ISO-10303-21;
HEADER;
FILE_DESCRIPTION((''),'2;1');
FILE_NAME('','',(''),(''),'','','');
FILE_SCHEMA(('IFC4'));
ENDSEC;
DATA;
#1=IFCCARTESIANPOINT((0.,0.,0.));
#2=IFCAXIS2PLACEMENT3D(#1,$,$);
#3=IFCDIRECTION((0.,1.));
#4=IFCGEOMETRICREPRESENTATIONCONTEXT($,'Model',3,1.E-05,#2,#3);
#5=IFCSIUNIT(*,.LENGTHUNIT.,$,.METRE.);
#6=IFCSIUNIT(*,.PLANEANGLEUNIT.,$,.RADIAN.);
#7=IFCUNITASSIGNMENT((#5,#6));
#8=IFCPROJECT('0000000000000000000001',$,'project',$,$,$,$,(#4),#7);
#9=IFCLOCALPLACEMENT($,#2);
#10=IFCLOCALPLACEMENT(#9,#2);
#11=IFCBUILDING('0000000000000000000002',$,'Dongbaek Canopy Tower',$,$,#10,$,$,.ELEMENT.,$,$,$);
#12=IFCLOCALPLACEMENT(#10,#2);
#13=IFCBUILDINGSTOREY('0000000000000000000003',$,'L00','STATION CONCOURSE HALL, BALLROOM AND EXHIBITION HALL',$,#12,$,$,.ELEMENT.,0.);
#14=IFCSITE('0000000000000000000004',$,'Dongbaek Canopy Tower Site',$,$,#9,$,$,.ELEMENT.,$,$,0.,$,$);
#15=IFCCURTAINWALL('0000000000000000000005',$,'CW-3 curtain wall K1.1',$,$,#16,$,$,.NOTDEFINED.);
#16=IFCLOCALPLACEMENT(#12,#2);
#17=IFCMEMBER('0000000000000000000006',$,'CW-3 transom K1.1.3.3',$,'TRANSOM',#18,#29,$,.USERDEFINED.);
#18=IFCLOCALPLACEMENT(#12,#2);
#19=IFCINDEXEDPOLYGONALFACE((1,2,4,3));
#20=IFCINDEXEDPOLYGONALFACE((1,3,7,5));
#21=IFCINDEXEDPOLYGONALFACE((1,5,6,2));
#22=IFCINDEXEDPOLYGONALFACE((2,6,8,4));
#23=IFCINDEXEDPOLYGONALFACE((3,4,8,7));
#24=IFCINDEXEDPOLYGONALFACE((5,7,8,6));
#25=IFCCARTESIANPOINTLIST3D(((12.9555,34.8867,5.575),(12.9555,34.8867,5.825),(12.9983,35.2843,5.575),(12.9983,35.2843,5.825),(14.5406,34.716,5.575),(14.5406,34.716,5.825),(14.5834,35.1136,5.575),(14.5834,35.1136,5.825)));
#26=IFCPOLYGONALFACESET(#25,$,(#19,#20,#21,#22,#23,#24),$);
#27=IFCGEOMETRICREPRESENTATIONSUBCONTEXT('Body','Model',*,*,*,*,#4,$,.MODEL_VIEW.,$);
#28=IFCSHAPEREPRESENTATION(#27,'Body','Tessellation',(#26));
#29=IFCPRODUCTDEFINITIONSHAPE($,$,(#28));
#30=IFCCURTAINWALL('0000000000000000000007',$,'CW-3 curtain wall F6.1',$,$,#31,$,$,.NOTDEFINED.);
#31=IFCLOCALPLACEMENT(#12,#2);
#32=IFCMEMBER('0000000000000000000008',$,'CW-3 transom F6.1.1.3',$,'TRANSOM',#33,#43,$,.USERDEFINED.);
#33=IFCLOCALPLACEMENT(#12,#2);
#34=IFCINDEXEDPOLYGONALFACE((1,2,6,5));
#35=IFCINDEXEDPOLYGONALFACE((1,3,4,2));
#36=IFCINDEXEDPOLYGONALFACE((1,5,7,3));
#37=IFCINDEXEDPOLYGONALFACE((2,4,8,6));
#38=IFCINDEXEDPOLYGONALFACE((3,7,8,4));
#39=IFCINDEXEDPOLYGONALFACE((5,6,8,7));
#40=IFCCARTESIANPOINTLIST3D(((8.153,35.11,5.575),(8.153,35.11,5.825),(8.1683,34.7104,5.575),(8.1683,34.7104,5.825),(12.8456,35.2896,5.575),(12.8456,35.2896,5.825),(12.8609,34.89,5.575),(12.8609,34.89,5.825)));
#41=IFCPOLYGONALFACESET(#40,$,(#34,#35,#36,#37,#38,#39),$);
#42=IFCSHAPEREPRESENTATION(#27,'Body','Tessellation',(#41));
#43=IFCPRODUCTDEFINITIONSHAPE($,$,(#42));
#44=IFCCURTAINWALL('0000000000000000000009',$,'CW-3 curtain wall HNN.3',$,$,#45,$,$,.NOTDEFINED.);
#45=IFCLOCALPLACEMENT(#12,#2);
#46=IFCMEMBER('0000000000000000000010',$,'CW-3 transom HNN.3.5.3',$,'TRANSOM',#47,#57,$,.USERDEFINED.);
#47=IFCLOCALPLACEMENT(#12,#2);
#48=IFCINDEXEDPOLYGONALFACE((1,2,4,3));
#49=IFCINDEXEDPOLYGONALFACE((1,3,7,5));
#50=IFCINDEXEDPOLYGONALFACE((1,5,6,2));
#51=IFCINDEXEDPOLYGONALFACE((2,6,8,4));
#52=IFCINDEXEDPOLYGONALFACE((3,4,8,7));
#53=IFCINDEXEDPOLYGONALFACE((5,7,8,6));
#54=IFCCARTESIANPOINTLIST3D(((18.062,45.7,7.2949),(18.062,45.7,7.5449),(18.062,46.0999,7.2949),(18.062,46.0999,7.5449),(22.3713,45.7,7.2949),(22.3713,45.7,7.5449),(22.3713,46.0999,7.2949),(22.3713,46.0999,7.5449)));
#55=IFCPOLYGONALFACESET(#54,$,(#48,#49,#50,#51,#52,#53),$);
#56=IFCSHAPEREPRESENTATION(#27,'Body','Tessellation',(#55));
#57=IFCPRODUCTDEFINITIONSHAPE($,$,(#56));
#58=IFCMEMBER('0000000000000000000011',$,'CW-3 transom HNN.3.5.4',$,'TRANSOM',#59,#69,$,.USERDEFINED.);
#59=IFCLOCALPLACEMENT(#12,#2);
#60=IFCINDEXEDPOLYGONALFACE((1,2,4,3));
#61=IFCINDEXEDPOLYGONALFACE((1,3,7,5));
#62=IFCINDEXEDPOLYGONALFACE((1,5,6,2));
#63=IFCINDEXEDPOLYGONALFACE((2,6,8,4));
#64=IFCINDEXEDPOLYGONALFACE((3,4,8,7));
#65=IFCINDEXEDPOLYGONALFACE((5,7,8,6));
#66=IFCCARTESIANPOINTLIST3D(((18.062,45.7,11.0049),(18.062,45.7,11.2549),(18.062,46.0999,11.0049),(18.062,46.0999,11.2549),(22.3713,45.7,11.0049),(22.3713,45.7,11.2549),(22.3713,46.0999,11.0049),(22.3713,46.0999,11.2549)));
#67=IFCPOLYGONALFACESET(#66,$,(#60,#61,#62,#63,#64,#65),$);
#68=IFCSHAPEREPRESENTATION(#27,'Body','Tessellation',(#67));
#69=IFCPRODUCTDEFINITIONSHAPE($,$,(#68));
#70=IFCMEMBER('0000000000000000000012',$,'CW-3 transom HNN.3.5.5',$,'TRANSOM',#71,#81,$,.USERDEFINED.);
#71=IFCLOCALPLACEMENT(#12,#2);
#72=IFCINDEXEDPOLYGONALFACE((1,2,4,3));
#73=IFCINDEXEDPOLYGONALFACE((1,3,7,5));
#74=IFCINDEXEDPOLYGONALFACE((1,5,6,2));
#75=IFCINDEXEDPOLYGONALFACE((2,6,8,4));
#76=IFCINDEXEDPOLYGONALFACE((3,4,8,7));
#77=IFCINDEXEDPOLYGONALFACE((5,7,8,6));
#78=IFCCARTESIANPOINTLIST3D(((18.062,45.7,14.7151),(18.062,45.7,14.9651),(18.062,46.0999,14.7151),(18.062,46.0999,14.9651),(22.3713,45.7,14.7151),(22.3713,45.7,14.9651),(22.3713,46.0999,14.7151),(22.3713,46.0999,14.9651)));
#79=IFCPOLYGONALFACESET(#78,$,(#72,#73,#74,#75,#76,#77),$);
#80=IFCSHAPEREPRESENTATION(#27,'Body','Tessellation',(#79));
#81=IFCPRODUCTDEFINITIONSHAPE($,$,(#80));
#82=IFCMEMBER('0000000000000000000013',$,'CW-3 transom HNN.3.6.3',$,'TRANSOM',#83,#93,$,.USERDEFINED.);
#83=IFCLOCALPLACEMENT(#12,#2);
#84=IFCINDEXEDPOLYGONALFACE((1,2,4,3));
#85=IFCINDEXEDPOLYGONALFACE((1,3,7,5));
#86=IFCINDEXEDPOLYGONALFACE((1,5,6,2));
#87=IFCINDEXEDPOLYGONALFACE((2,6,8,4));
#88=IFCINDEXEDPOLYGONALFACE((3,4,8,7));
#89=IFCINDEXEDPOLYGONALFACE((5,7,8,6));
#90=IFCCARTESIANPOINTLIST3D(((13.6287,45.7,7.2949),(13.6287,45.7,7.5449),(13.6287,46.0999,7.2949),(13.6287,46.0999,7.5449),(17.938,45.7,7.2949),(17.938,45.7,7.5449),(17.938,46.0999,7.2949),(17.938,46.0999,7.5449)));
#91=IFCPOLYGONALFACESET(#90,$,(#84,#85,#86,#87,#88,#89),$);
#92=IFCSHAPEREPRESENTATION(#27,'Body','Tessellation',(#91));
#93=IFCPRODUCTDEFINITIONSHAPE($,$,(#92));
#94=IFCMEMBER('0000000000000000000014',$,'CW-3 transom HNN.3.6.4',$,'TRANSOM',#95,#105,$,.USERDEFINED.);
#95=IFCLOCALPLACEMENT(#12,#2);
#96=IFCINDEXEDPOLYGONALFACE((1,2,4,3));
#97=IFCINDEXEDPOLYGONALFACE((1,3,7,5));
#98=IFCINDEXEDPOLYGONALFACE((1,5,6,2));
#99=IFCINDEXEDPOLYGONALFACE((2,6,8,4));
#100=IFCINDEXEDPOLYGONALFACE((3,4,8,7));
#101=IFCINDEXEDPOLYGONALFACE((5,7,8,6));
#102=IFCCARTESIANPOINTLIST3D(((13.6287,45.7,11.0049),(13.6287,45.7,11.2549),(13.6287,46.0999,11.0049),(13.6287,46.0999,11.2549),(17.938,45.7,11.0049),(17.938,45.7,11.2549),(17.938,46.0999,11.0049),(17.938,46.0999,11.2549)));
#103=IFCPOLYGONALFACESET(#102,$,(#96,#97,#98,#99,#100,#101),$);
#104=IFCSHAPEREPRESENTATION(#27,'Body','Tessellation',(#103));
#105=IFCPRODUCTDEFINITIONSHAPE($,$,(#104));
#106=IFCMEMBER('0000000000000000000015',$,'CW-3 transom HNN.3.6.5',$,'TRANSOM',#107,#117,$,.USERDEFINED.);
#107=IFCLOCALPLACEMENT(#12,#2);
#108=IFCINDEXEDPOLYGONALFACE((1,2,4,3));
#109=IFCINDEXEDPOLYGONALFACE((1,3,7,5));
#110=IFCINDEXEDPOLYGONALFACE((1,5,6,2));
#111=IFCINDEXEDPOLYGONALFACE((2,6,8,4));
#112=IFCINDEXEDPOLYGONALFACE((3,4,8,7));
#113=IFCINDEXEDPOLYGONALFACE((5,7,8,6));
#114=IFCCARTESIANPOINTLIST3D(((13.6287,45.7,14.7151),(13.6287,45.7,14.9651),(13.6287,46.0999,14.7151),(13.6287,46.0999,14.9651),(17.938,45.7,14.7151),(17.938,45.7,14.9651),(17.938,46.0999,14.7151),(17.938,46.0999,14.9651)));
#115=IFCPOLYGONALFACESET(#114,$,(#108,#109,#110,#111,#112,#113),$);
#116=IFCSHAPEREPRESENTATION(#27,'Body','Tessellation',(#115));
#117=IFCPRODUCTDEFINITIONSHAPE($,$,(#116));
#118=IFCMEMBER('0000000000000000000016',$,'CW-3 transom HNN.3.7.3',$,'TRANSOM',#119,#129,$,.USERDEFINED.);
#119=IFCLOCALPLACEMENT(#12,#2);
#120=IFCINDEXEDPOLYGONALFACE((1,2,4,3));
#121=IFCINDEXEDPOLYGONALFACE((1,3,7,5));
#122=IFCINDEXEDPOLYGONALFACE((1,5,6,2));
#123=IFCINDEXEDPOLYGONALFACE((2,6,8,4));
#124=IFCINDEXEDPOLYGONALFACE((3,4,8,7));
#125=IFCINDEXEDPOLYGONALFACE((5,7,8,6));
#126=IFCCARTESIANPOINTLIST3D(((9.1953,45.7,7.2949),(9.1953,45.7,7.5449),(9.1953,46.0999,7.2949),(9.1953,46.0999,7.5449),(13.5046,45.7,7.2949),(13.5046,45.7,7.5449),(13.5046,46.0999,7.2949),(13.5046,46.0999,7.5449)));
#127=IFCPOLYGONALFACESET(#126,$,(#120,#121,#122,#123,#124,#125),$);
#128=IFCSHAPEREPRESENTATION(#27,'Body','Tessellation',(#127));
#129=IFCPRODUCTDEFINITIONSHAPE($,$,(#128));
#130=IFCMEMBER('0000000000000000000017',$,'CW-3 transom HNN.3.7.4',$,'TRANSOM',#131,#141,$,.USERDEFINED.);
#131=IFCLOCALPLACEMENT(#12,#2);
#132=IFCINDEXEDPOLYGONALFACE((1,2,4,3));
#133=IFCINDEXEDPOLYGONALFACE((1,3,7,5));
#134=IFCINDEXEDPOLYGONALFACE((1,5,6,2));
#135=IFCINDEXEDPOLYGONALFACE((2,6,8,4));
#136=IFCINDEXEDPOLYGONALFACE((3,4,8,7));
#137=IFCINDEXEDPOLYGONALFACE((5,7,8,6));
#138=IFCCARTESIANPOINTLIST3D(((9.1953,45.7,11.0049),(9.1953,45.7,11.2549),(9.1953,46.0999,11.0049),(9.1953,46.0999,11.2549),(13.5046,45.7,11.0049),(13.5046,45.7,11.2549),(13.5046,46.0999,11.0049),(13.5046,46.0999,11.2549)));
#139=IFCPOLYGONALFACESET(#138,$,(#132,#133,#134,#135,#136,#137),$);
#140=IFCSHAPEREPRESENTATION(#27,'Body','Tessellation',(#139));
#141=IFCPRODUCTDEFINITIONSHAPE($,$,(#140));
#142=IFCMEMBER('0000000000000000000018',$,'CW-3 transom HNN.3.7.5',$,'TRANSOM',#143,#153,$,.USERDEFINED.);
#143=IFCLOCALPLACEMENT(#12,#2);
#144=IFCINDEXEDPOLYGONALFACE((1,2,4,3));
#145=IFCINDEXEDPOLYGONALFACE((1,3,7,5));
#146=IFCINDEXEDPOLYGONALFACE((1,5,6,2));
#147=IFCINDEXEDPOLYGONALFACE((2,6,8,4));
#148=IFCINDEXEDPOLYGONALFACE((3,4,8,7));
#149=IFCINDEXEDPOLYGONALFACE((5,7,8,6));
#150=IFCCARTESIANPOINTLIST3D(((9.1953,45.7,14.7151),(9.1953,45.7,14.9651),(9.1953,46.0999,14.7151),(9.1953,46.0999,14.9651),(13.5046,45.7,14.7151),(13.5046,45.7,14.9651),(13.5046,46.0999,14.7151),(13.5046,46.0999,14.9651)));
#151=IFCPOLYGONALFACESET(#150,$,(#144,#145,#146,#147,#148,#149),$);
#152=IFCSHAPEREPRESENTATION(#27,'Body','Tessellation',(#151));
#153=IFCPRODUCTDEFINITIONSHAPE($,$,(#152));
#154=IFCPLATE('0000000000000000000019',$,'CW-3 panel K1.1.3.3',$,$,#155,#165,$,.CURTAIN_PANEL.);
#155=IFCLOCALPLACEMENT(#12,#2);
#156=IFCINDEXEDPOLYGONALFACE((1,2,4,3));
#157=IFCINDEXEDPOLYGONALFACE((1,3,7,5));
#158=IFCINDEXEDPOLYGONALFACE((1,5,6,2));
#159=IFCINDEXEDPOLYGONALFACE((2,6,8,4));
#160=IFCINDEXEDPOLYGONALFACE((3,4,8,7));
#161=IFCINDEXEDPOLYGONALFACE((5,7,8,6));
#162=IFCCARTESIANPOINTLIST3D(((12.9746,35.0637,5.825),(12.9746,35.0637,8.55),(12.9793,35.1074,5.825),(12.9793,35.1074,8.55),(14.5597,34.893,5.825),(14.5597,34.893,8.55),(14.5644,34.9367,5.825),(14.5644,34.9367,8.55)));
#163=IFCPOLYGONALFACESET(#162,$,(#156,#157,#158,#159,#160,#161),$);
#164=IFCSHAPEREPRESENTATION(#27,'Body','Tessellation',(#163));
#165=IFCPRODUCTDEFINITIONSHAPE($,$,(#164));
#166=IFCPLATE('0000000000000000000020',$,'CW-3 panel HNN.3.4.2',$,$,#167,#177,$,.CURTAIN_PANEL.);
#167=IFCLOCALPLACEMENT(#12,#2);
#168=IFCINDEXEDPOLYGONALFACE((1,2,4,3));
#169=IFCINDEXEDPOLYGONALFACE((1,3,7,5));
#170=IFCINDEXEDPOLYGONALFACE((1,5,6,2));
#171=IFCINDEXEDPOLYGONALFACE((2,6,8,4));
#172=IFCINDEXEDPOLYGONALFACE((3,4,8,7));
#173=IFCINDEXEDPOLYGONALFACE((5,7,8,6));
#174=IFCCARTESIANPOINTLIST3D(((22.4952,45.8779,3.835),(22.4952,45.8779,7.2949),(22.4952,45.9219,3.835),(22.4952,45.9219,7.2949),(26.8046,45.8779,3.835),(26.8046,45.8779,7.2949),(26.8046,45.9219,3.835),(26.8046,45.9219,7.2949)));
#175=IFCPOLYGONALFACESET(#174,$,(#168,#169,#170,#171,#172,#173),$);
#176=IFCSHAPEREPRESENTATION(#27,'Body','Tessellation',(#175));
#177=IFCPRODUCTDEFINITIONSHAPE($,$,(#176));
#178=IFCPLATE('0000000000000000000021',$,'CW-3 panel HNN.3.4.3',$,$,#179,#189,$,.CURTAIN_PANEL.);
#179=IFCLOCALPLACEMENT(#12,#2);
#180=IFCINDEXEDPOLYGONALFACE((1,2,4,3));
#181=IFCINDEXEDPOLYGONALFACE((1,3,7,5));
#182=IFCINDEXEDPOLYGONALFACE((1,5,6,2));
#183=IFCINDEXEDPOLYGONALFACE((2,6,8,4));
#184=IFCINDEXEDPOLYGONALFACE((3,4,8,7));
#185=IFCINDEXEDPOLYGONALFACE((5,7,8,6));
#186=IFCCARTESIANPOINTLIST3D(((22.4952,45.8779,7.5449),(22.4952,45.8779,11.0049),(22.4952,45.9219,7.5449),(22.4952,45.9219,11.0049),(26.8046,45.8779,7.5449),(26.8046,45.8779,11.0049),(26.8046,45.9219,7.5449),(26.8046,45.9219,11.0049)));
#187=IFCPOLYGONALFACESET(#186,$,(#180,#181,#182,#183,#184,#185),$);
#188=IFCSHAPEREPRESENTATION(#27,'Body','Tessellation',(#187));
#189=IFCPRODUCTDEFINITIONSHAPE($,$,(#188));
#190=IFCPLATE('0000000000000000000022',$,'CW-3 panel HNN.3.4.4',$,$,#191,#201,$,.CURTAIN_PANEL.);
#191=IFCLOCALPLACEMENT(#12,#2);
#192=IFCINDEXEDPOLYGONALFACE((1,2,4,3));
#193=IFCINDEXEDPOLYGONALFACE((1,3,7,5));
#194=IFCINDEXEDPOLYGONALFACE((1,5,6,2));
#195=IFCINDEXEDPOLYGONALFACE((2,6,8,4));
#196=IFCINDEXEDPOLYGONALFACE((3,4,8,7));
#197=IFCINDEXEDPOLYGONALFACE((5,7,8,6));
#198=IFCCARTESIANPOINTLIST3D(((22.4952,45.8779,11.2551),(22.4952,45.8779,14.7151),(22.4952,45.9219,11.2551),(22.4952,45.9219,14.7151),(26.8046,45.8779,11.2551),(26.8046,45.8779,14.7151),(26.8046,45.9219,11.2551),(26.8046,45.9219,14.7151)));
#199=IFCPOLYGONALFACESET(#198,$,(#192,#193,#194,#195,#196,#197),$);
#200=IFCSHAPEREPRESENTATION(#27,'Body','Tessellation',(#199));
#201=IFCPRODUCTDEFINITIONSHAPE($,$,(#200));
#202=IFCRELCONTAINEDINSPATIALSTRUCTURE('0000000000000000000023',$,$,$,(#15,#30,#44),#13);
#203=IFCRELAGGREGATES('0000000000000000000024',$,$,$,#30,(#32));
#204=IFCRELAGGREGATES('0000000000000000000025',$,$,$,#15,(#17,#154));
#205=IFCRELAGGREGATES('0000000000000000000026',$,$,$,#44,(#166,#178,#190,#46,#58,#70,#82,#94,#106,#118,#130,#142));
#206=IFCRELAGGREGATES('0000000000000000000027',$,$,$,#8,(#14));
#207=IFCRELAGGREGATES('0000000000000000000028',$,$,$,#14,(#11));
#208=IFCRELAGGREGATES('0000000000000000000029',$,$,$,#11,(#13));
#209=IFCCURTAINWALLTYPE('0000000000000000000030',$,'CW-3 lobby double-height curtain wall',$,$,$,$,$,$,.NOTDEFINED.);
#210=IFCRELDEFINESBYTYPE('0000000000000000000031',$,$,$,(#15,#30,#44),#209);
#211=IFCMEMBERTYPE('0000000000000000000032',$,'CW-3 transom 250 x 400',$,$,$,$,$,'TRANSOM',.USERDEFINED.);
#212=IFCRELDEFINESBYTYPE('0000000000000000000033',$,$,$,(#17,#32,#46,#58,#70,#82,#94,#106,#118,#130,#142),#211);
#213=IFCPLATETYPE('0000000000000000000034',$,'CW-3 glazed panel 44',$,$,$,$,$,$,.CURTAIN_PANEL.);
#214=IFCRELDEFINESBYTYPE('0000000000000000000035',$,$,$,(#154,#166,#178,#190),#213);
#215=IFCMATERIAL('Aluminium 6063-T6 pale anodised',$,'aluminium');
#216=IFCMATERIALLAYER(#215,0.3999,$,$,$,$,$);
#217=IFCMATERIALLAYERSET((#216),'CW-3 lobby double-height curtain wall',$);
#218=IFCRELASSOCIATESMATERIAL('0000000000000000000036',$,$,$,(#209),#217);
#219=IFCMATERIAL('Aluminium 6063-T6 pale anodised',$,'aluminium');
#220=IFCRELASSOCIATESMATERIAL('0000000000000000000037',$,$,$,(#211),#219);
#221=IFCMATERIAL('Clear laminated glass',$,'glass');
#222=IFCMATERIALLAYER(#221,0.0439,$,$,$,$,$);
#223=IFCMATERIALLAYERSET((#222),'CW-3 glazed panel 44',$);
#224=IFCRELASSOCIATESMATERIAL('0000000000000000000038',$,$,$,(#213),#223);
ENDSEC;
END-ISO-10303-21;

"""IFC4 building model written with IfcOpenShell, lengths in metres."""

from ifc_helpers import new_model, si_unit, direction, frame, origin, origin_2d, place, context, subcontext, project, spatial, rectangle, extrude, material, layer, layer_set, material_profile, profile_set, type_object, element, aggregate, save


model = new_model("IFC4")

# Units and contexts
model_context = context("Model", 3, precision=1e-05, world=origin(), true_north=direction((0.0, 1.0)))
body_context = subcontext(model_context, "Body", "Model", "MODEL_VIEW")
ifc_project = project(units=[si_unit("LENGTHUNIT", "METRE"), si_unit("PLANEANGLEUNIT", "RADIAN")], contexts=[model_context])

# Site, building, storey
site_placement = place(None, origin())
site = spatial("IfcSite", under=ifc_project, at=site_placement, Name="Dongbaek Canopy Tower Site", CompositionType="ELEMENT", RefElevation=0.0)
building_placement = place(site_placement, origin())
building = spatial("IfcBuilding", under=site, at=building_placement, Name="Dongbaek Canopy Tower", CompositionType="ELEMENT")
storey_placement = place(building_placement, origin())
storey = spatial("IfcBuildingStorey", under=building, at=storey_placement, Name="L00", Description="STATION CONCOURSE HALL, BALLROOM AND EXHIBITION HALL", CompositionType="ELEMENT", Elevation=0.0)

# Curtain walls, members
ifc_material_1 = material(Name="Aluminium 6063-T6 pale anodised", Category="aluminium")
ifc_layer_1 = layer(ifc_material_1, 0.3999)
ifc_layer_set_1 = layer_set([ifc_layer_1], Name="CW-3 lobby double-height curtain wall")
curtain_wall_type = type_object("IfcCurtainWallType", Name="CW-3 lobby double-height curtain wall", PredefinedType="NOTDEFINED", material=ifc_layer_set_1)
curtain_wall_1_placement = place(storey_placement, origin())
curtain_wall_1 = element("IfcCurtainWall", 1, at=curtain_wall_1_placement, inside=storey, type_object=curtain_wall_type, Name="CW-3 curtain wall K1.1", PredefinedType="NOTDEFINED")
ifc_material_2 = material(Name="Aluminium 6063-T6 pale anodised", Category="aluminium")
ifc_material_profile = material_profile(ifc_material_2, rectangle(XDim=0.3999, YDim=0.25, at=origin_2d()), Name="CW-3 transom 250 x 400")
ifc_profile_set = profile_set([ifc_material_profile], Name="Aluminium 6063-T6 pale anodised")
member_type = type_object("IfcMemberType", Name="CW-3 transom 250 x 400", ElementType="TRANSOM", PredefinedType="USERDEFINED", material=ifc_profile_set)
member_1_placement = place(storey_placement, frame((14.562, 34.9148, 5.7), z_axis=(-0.994253, 0.107052, 0.0), x_axis=(-0.107052, -0.994253, 0.0)))
member_1 = element("IfcMember", 2, at=member_1_placement, type_object=member_type, Name="CW-3 transom K1.1.3.3", ObjectType="TRANSOM", PredefinedType="USERDEFINED", context=body_context, shape_type="SweptSolid", body=[
    extrude(rectangle(XDim=0.3999, YDim=0.25, at=origin_2d()), origin(), (0.0, 0.0, 1.0), 1.5942),
])
curtain_wall_2_placement = place(storey_placement, origin())
curtain_wall_2 = element("IfcCurtainWall", 3, at=curtain_wall_2_placement, inside=storey, type_object=curtain_wall_type, Name="CW-3 curtain wall F6.1", PredefinedType="NOTDEFINED")
member_2_placement = place(storey_placement, frame((12.8533, 35.0898, 5.7), z_axis=(-0.999268, -0.038263, 0.0), x_axis=(0.038263, -0.999268, 0.0)))
member_2 = element("IfcMember", 4, at=member_2_placement, type_object=member_type, Name="CW-3 transom F6.1.1.3", ObjectType="TRANSOM", PredefinedType="USERDEFINED", context=body_context, shape_type="SweptSolid", body=[
    extrude(rectangle(XDim=0.3999, YDim=0.25, at=origin_2d()), origin(), (0.0, 0.0, 1.0), 4.696),
])
aggregate(curtain_wall_2, [member_2])

# Curtain wall, members
curtain_wall_3_placement = place(storey_placement, origin())
curtain_wall_3 = element("IfcCurtainWall", 5, at=curtain_wall_3_placement, inside=storey, type_object=curtain_wall_type, Name="CW-3 curtain wall HNN.3", PredefinedType="NOTDEFINED")
member_3_placement = place(storey_placement, frame((22.3713, 45.8999, 7.4199), z_axis=(-1.0, 0.0, 0.0), x_axis=(0.0, -1.0, 0.0)))
member_3 = element("IfcMember", 6, at=member_3_placement, type_object=member_type, Name="CW-3 transom HNN.3.5.3", ObjectType="TRANSOM", PredefinedType="USERDEFINED", context=body_context, shape_type="SweptSolid", body=[
    extrude(rectangle(XDim=0.3999, YDim=0.25, at=origin_2d()), origin(), (0.0, 0.0, 1.0), 4.3093),
])
member_4_placement = place(storey_placement, frame((22.3713, 45.8999, 11.1299), z_axis=(-1.0, 0.0, 0.0), x_axis=(0.0, -1.0, 0.0)))
member_4 = element("IfcMember", 7, at=member_4_placement, type_object=member_type, Name="CW-3 transom HNN.3.5.4", ObjectType="TRANSOM", PredefinedType="USERDEFINED", context=body_context, shape_type="SweptSolid", body=[
    extrude(rectangle(XDim=0.3999, YDim=0.25, at=origin_2d()), origin(), (0.0, 0.0, 1.0), 4.3093),
])
member_5_placement = place(storey_placement, frame((22.3713, 45.8999, 14.8401), z_axis=(-1.0, 0.0, 0.0), x_axis=(0.0, -1.0, 0.0)))
member_5 = element("IfcMember", 8, at=member_5_placement, type_object=member_type, Name="CW-3 transom HNN.3.5.5", ObjectType="TRANSOM", PredefinedType="USERDEFINED", context=body_context, shape_type="SweptSolid", body=[
    extrude(rectangle(XDim=0.3999, YDim=0.25, at=origin_2d()), origin(), (0.0, 0.0, 1.0), 4.3093),
])
member_6_placement = place(storey_placement, frame((17.938, 45.8999, 7.4199), z_axis=(-1.0, 0.0, 0.0), x_axis=(0.0, -1.0, 0.0)))
member_6 = element("IfcMember", 9, at=member_6_placement, type_object=member_type, Name="CW-3 transom HNN.3.6.3", ObjectType="TRANSOM", PredefinedType="USERDEFINED", context=body_context, shape_type="SweptSolid", body=[
    extrude(rectangle(XDim=0.3999, YDim=0.25, at=origin_2d()), origin(), (0.0, 0.0, 1.0), 4.3093),
])
member_7_placement = place(storey_placement, frame((17.938, 45.8999, 11.1299), z_axis=(-1.0, 0.0, 0.0), x_axis=(0.0, -1.0, 0.0)))
member_7 = element("IfcMember", 10, at=member_7_placement, type_object=member_type, Name="CW-3 transom HNN.3.6.4", ObjectType="TRANSOM", PredefinedType="USERDEFINED", context=body_context, shape_type="SweptSolid", body=[
    extrude(rectangle(XDim=0.3999, YDim=0.25, at=origin_2d()), origin(), (0.0, 0.0, 1.0), 4.3093),
])
member_8_placement = place(storey_placement, frame((17.938, 45.8999, 14.8401), z_axis=(-1.0, 0.0, 0.0), x_axis=(0.0, -1.0, 0.0)))
member_8 = element("IfcMember", 11, at=member_8_placement, type_object=member_type, Name="CW-3 transom HNN.3.6.5", ObjectType="TRANSOM", PredefinedType="USERDEFINED", context=body_context, shape_type="SweptSolid", body=[
    extrude(rectangle(XDim=0.3999, YDim=0.25, at=origin_2d()), origin(), (0.0, 0.0, 1.0), 4.3093),
])
member_9_placement = place(storey_placement, frame((13.5046, 45.8999, 7.4199), z_axis=(-1.0, 0.0, 0.0), x_axis=(0.0, -1.0, 0.0)))
member_9 = element("IfcMember", 12, at=member_9_placement, type_object=member_type, Name="CW-3 transom HNN.3.7.3", ObjectType="TRANSOM", PredefinedType="USERDEFINED", context=body_context, shape_type="SweptSolid", body=[
    extrude(rectangle(XDim=0.3999, YDim=0.25, at=origin_2d()), origin(), (0.0, 0.0, 1.0), 4.3093),
])
member_10_placement = place(storey_placement, frame((13.5046, 45.8999, 11.1299), z_axis=(-1.0, 0.0, 0.0), x_axis=(0.0, -1.0, 0.0)))
member_10 = element("IfcMember", 13, at=member_10_placement, type_object=member_type, Name="CW-3 transom HNN.3.7.4", ObjectType="TRANSOM", PredefinedType="USERDEFINED", context=body_context, shape_type="SweptSolid", body=[
    extrude(rectangle(XDim=0.3999, YDim=0.25, at=origin_2d()), origin(), (0.0, 0.0, 1.0), 4.3093),
])
member_11_placement = place(storey_placement, frame((13.5046, 45.8999, 14.8401), z_axis=(-1.0, 0.0, 0.0), x_axis=(0.0, -1.0, 0.0)))
member_11 = element("IfcMember", 14, at=member_11_placement, type_object=member_type, Name="CW-3 transom HNN.3.7.5", ObjectType="TRANSOM", PredefinedType="USERDEFINED", context=body_context, shape_type="SweptSolid", body=[
    extrude(rectangle(XDim=0.3999, YDim=0.25, at=origin_2d()), origin(), (0.0, 0.0, 1.0), 4.3093),
])

# Plates
ifc_material_3 = material(Name="Clear laminated glass", Category="glass")
ifc_layer_2 = layer(ifc_material_3, 0.0439)
ifc_layer_set_2 = layer_set([ifc_layer_2], Name="CW-3 glazed panel 44")
plate_type = type_object("IfcPlateType", Name="CW-3 glazed panel 44", PredefinedType="CURTAIN_PANEL", material=ifc_layer_set_2)
plate_1_placement = place(storey_placement, frame((13.7695, 35.0002, 5.825), z_axis=(0.0, 0.0, 1.0), x_axis=(-0.994251, 0.107075, 0.0)))
plate_1 = element("IfcPlate", 15, at=plate_1_placement, type_object=plate_type, Name="CW-3 panel K1.1.3.3", PredefinedType="CURTAIN_PANEL", context=body_context, shape_type="SweptSolid", body=[
    extrude(rectangle(XDim=1.5942, YDim=0.0439, at=origin_2d()), origin(), (0.0, 0.0, 1.0), 2.7251),
])
aggregate(curtain_wall_1, [member_1, plate_1])
plate_2_placement = place(storey_placement, frame((24.6499, 45.8999, 3.835), z_axis=(0.0, 0.0, 1.0), x_axis=(-1.0, 0.0, 0.0)))
plate_2 = element("IfcPlate", 16, at=plate_2_placement, type_object=plate_type, Name="CW-3 panel HNN.3.4.2", PredefinedType="CURTAIN_PANEL", context=body_context, shape_type="SweptSolid", body=[
    extrude(rectangle(XDim=4.3093, YDim=0.0439, at=origin_2d()), origin(), (0.0, 0.0, 1.0), 3.46),
])
plate_3_placement = place(storey_placement, frame((24.6499, 45.8999, 7.5449), z_axis=(0.0, 0.0, 1.0), x_axis=(-1.0, 0.0, 0.0)))
plate_3 = element("IfcPlate", 17, at=plate_3_placement, type_object=plate_type, Name="CW-3 panel HNN.3.4.3", PredefinedType="CURTAIN_PANEL", context=body_context, shape_type="SweptSolid", body=[
    extrude(rectangle(XDim=4.3093, YDim=0.0439, at=origin_2d()), origin(), (0.0, 0.0, 1.0), 3.46),
])
plate_4_placement = place(storey_placement, frame((24.6499, 45.8999, 11.2551), z_axis=(0.0, 0.0, 1.0), x_axis=(-1.0, 0.0, 0.0)))
plate_4 = element("IfcPlate", 18, at=plate_4_placement, type_object=plate_type, Name="CW-3 panel HNN.3.4.4", PredefinedType="CURTAIN_PANEL", context=body_context, shape_type="SweptSolid", body=[
    extrude(rectangle(XDim=4.3093, YDim=0.0439, at=origin_2d()), origin(), (0.0, 0.0, 1.0), 3.46),
])
aggregate(curtain_wall_3, [plate_2, plate_3, plate_4, member_3, member_4, member_5, member_6, member_7, member_8, member_9, member_10, member_11])

save(model, "model.ifc")
